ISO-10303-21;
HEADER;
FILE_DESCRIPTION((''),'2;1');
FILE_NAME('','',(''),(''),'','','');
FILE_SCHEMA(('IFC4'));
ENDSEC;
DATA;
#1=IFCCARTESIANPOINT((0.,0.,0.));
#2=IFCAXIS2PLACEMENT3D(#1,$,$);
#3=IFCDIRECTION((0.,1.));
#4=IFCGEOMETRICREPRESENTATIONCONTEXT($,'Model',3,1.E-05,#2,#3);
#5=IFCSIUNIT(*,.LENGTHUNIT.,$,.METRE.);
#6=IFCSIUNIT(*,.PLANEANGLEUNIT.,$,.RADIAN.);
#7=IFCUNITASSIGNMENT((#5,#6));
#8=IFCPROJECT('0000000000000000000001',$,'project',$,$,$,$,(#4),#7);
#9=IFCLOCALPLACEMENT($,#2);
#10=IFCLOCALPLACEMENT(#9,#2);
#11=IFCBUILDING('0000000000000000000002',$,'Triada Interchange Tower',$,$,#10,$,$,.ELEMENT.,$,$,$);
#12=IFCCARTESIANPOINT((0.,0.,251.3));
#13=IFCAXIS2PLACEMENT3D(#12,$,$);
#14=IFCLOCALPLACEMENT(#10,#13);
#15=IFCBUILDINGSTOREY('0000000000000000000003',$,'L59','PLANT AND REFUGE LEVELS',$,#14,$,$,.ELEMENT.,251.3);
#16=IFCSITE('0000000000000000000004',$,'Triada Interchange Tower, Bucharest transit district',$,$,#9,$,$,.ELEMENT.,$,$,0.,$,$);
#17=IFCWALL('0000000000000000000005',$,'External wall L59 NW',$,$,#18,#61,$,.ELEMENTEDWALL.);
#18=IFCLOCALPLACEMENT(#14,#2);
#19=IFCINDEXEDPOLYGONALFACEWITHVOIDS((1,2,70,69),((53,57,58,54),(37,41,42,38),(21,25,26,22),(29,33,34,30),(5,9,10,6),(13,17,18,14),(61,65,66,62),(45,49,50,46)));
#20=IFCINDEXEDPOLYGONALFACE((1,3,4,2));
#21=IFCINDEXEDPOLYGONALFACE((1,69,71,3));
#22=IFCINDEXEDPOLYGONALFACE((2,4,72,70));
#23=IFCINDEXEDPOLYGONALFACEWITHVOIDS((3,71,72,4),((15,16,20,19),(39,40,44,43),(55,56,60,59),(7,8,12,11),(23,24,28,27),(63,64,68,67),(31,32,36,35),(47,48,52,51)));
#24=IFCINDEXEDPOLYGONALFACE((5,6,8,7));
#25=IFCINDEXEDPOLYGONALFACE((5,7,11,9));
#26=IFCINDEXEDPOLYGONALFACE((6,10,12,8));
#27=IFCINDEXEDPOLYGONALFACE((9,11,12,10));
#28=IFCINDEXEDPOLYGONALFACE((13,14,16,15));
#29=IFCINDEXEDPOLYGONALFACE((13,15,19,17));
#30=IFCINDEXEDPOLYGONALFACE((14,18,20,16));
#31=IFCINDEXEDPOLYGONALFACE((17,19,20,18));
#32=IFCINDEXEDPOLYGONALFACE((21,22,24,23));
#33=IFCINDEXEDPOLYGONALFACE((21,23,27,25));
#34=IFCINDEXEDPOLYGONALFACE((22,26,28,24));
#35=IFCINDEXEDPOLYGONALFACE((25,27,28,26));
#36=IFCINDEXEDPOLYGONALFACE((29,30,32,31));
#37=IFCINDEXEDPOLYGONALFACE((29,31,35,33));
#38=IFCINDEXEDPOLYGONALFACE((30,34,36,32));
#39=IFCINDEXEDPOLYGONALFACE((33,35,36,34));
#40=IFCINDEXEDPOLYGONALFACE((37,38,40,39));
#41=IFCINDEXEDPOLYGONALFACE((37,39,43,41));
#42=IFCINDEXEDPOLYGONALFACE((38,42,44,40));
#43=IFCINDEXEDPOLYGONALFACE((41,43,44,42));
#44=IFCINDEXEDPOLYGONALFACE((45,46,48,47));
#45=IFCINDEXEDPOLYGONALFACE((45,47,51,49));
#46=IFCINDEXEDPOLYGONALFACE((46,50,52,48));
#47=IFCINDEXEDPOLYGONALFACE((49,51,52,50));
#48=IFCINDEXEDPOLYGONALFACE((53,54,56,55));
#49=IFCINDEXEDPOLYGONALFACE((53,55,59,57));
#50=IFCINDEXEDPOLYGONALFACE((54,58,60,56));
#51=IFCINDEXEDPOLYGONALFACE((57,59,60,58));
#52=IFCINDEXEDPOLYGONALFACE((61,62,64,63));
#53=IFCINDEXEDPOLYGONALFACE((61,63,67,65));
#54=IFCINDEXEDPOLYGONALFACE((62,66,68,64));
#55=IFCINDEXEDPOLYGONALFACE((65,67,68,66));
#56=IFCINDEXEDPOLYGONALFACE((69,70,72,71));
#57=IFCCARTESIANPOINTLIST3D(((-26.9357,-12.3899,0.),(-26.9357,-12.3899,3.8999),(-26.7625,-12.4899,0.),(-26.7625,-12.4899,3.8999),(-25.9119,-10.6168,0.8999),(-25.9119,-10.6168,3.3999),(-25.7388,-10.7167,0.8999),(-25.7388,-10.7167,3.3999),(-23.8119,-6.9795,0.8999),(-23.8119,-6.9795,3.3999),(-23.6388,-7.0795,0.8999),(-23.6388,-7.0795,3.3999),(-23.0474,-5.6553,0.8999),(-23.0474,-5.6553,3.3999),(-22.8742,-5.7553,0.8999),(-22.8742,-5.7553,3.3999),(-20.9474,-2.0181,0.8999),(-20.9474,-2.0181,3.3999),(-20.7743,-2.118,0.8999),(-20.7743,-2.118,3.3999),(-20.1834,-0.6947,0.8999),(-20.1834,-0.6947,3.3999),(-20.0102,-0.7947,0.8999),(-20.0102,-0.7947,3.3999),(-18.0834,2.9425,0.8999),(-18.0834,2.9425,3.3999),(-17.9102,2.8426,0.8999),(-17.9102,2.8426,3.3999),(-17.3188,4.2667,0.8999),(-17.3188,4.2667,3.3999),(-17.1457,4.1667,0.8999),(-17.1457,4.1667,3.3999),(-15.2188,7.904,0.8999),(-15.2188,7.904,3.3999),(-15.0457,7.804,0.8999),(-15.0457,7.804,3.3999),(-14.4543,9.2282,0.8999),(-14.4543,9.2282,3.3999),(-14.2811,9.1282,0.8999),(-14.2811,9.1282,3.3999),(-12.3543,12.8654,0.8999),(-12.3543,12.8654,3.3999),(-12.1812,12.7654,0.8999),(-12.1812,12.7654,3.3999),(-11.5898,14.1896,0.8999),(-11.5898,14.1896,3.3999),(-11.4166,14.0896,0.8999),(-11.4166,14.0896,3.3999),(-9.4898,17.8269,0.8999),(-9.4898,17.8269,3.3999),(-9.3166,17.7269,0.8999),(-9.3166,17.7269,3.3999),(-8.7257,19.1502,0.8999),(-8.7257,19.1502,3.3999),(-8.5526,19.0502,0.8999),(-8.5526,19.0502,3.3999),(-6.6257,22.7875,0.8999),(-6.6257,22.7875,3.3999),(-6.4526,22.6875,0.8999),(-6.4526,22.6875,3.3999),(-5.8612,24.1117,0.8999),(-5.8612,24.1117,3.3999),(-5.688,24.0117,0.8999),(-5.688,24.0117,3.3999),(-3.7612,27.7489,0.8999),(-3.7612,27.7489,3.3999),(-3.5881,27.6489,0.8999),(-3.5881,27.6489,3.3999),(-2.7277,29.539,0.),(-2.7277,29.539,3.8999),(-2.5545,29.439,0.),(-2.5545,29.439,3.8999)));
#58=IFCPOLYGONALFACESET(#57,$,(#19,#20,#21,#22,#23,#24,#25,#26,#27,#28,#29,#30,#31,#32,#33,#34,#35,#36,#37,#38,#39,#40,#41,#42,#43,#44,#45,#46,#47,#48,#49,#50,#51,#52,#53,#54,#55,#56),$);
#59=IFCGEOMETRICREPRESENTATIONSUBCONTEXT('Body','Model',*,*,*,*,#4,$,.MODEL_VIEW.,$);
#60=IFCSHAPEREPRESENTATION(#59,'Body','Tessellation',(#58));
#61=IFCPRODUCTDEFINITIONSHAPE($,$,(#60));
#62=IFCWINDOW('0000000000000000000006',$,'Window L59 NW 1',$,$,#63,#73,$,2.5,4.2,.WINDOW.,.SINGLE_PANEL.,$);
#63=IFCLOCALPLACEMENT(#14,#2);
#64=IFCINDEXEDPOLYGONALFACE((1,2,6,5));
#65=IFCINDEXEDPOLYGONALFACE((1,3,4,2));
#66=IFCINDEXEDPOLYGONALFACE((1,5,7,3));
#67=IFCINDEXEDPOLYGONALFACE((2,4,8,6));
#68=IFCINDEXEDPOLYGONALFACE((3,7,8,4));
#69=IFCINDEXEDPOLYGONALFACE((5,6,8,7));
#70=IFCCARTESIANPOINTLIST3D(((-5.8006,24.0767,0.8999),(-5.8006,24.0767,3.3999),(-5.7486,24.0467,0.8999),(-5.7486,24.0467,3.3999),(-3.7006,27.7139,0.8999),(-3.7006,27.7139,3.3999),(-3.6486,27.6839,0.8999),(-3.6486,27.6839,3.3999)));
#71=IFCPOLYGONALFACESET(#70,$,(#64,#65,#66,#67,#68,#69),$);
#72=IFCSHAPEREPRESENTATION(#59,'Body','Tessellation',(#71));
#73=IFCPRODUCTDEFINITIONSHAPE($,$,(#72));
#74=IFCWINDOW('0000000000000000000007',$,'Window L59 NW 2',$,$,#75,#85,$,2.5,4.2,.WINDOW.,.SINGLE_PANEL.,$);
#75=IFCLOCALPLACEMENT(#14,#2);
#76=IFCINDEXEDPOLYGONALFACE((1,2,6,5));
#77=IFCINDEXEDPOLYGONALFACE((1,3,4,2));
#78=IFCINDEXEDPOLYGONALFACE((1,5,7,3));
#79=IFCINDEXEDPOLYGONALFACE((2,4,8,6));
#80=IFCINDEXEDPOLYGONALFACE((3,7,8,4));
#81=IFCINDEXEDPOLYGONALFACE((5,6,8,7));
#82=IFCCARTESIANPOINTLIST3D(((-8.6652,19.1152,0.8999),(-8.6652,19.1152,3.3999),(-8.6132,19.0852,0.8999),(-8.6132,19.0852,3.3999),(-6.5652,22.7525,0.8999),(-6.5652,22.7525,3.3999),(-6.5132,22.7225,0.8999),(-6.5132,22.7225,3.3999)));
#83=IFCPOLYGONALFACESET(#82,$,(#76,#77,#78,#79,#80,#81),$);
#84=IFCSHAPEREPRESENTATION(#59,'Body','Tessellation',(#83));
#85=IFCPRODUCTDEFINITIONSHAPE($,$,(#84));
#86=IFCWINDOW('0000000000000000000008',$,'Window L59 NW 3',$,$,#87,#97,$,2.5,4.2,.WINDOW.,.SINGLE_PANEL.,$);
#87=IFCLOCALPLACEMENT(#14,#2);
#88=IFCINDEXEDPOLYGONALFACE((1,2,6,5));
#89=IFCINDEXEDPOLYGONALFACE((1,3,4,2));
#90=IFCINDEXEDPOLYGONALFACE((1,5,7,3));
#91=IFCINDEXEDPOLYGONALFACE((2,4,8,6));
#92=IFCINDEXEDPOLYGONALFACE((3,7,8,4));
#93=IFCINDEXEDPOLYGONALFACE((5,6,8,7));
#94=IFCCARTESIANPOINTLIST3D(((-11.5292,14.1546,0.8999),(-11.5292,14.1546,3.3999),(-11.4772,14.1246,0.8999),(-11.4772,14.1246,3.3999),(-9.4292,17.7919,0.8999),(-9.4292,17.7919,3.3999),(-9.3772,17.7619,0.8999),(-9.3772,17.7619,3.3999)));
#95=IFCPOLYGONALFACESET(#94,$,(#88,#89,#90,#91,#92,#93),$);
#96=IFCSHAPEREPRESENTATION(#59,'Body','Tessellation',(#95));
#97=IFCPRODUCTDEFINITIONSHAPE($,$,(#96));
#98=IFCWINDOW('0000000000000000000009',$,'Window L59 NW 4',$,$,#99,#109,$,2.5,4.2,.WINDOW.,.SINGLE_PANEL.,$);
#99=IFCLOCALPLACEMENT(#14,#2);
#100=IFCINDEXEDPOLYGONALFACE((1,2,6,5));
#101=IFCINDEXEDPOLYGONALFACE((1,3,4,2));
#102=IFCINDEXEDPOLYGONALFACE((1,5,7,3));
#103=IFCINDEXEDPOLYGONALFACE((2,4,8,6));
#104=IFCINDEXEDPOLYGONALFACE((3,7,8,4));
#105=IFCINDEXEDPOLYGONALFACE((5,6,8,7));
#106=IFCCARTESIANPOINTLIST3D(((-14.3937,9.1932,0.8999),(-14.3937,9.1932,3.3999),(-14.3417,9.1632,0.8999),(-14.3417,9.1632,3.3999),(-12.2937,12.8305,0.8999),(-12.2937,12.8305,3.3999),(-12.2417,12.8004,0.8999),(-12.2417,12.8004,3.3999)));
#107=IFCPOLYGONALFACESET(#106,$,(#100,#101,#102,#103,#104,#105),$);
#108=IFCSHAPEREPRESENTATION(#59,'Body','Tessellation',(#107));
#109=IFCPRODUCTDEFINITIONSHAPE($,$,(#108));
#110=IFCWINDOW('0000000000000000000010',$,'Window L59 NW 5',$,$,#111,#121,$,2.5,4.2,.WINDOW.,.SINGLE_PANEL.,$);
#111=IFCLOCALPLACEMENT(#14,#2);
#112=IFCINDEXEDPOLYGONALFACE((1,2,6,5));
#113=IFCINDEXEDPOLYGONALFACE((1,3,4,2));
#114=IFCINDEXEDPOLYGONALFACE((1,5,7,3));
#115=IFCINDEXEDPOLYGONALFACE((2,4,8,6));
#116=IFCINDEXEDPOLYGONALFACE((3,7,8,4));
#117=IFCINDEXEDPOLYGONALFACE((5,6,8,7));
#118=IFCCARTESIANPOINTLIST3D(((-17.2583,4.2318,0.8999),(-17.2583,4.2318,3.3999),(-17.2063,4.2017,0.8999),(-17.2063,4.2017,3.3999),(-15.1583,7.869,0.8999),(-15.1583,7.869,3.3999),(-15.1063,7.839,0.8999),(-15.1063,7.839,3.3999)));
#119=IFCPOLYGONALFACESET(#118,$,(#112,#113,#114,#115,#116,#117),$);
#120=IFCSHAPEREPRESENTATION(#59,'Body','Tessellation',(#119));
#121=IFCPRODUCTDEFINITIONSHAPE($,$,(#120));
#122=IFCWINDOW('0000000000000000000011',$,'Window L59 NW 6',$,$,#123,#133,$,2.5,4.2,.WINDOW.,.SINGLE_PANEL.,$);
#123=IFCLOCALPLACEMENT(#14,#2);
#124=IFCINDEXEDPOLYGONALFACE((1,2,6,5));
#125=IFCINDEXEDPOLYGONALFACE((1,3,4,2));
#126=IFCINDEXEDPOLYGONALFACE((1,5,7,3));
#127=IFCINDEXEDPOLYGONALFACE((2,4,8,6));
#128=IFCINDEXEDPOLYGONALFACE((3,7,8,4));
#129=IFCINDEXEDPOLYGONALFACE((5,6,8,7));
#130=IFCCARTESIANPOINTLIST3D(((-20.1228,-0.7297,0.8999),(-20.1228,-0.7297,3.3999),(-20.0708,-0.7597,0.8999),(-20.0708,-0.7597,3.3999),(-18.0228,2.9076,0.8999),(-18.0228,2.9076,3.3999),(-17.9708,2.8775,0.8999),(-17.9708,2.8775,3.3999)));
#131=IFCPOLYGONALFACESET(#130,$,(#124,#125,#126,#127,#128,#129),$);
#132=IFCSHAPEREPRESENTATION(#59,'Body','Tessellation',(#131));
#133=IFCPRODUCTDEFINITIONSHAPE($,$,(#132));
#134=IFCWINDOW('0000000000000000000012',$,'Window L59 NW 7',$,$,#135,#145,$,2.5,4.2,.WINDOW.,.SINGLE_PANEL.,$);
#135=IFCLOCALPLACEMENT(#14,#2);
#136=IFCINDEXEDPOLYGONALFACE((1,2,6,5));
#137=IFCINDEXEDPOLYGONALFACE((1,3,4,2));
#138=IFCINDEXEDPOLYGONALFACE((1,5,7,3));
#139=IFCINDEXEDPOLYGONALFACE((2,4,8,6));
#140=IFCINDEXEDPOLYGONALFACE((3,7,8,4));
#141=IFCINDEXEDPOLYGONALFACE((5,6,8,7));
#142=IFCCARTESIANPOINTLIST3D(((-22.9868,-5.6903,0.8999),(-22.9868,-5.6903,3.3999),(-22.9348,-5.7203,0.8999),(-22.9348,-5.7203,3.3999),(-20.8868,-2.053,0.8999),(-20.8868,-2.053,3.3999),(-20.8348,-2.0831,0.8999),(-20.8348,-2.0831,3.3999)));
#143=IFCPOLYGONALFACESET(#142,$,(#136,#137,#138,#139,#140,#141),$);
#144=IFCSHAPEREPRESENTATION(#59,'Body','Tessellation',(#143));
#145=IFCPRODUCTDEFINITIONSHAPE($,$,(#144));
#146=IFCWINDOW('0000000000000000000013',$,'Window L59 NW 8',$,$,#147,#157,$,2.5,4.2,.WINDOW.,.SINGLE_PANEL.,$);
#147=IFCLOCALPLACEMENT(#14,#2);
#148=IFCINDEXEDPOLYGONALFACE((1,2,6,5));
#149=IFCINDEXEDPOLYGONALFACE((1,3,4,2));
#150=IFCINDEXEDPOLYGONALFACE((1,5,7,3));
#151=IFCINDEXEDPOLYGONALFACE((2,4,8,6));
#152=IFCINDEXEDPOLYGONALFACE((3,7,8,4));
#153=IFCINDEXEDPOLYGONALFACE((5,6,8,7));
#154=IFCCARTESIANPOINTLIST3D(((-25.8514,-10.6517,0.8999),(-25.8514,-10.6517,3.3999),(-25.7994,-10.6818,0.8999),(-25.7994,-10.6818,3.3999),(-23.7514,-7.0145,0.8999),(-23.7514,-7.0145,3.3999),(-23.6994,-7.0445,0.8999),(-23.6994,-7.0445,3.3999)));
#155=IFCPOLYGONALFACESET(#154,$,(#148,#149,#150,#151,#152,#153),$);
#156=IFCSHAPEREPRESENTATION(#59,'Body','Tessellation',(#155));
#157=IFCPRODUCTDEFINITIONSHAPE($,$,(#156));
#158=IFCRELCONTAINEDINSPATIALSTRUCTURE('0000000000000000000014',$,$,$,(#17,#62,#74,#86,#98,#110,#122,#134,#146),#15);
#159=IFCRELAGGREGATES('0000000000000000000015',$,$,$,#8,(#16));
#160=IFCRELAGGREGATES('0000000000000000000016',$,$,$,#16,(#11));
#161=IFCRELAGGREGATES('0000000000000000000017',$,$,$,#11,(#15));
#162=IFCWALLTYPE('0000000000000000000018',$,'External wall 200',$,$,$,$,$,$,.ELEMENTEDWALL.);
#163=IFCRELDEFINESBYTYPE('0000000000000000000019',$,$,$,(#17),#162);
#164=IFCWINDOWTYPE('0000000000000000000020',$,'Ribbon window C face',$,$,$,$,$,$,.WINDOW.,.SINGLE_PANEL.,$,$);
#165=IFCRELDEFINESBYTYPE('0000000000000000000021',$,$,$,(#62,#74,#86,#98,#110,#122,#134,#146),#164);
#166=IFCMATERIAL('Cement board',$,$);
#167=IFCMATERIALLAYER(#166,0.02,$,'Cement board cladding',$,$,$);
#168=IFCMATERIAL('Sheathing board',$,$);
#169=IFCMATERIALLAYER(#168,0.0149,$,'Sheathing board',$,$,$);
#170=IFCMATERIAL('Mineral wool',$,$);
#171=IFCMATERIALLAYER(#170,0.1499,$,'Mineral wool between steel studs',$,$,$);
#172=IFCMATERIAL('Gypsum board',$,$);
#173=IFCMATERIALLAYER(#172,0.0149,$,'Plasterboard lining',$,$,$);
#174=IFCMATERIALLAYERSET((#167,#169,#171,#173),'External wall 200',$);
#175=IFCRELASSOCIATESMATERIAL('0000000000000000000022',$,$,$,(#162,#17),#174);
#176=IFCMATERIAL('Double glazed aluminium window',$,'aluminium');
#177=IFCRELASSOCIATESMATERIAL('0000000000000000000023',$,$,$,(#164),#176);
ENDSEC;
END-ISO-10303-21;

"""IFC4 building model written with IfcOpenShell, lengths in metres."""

from ifc_helpers import new_model, si_unit, direction, frame, frame_2d, origin, place, context, subcontext, project, spatial, rectangle, extrude, material, layer, layer_set, layer_usage, type_object, element, fill, save


model = new_model("IFC4")

# Units and contexts
model_context = context("Model", 3, precision=1e-05, world=origin(), true_north=direction((0.0, 1.0)))
body_context = subcontext(model_context, "Body", "Model", "MODEL_VIEW")
ifc_project = project(units=[si_unit("LENGTHUNIT", "METRE"), si_unit("PLANEANGLEUNIT", "RADIAN")], contexts=[model_context])

# Site, building, storey
site_placement = place(None, origin())
site = spatial("IfcSite", under=ifc_project, at=site_placement, Name="Triada Interchange Tower, Bucharest transit district", CompositionType="ELEMENT", RefElevation=0.0)
building_placement = place(site_placement, origin())
building = spatial("IfcBuilding", under=site, at=building_placement, Name="Triada Interchange Tower", CompositionType="ELEMENT")
storey_placement = place(building_placement, frame((0.0, 0.0, 251.3)))
storey = spatial("IfcBuildingStorey", under=building, at=storey_placement, Name="L59", Description="PLANT AND REFUGE LEVELS", CompositionType="ELEMENT", Elevation=251.3)

# Wall, openings, windows
ifc_material_1 = material(Name="Cement board")
ifc_layer_1 = layer(ifc_material_1, 0.02, Name="Cement board cladding")
ifc_material_2 = material(Name="Sheathing board")
ifc_layer_2 = layer(ifc_material_2, 0.0149, Name="Sheathing board")
ifc_material_3 = material(Name="Mineral wool")
ifc_layer_3 = layer(ifc_material_3, 0.1499, Name="Mineral wool between steel studs")
ifc_material_4 = material(Name="Gypsum board")
ifc_layer_4 = layer(ifc_material_4, 0.0149, Name="Plasterboard lining")
ifc_layer_set_1 = layer_set([ifc_layer_1, ifc_layer_2, ifc_layer_3, ifc_layer_4], Name="External wall 200")
ifc_layer_usage = layer_usage(ifc_layer_set_1, "AXIS2", "POSITIVE", -0.1001)
wall_type_1 = type_object("IfcWallType", Name="External wall 200", PredefinedType="ELEMENTEDWALL", material=ifc_layer_set_1)
wall_1_placement = place(storey_placement, frame((-2.6411, 29.489, 0.0), z_axis=(0.0, 0.0, 1.0), x_axis=(-0.500005, -0.866023, 0.0)))
wall_1 = element("IfcWall", 1, at=wall_1_placement, inside=storey, type_object=wall_type_1, material=ifc_layer_usage, Name="External wall L59 NW", PredefinedType="ELEMENTEDWALL", context=body_context, shape_type="SweptSolid", body=[
    extrude(rectangle(XDim=48.4155, YDim=0.2, at=frame_2d((24.2078, 0.0))), origin(), (0.0, 0.0, 1.0), 3.8999),
])
opening_1_placement = place(wall_1_placement, frame((2.0669, 0.0, 0.8999)))
opening_1 = element("IfcOpeningElement", 2, at=opening_1_placement, cuts=wall_1, PredefinedType="OPENING", context=body_context, shape_type="SweptSolid", body=[
    extrude(rectangle(XDim=4.2, YDim=2.5, at=frame_2d((2.1001, 1.25))), frame((0.0, 0.1099, 0.0), z_axis=(0.0, -1.0, 0.0), x_axis=(1.0, 0.0, 0.0)), (0.0, 0.0, 1.0), 0.22),
])
opening_2_placement = place(wall_1_placement, frame((7.7959, 0.0, 0.8999)))
opening_2 = element("IfcOpeningElement", 3, at=opening_2_placement, cuts=wall_1, PredefinedType="OPENING", context=body_context, shape_type="SweptSolid", body=[
    extrude(rectangle(XDim=4.2, YDim=2.5, at=frame_2d((2.1001, 1.25))), frame((0.0, 0.1099, 0.0), z_axis=(0.0, -1.0, 0.0), x_axis=(1.0, 0.0, 0.0)), (0.0, 0.0, 1.0), 0.22),
])
opening_3_placement = place(wall_1_placement, frame((13.5239, 0.0, 0.8999)))
opening_3 = element("IfcOpeningElement", 4, at=opening_3_placement, cuts=wall_1, PredefinedType="OPENING", context=body_context, shape_type="SweptSolid", body=[
    extrude(rectangle(XDim=4.2, YDim=2.5, at=frame_2d((2.1001, 1.25))), frame((0.0, 0.1099, 0.0), z_axis=(0.0, -1.0, 0.0), x_axis=(1.0, 0.0, 0.0)), (0.0, 0.0, 1.0), 0.22),
])
opening_4_placement = place(wall_1_placement, frame((19.2529, 0.0, 0.8999)))
opening_4 = element("IfcOpeningElement", 5, at=opening_4_placement, cuts=wall_1, PredefinedType="OPENING", context=body_context, shape_type="SweptSolid", body=[
    extrude(rectangle(XDim=4.2, YDim=2.5, at=frame_2d((2.1001, 1.25))), frame((0.0, 0.1099, 0.0), z_axis=(0.0, -1.0, 0.0), x_axis=(1.0, 0.0, 0.0)), (0.0, 0.0, 1.0), 0.22),
])
opening_5_placement = place(wall_1_placement, frame((24.9819, 0.0, 0.8999)))
opening_5 = element("IfcOpeningElement", 6, at=opening_5_placement, cuts=wall_1, PredefinedType="OPENING", context=body_context, shape_type="SweptSolid", body=[
    extrude(rectangle(XDim=4.2, YDim=2.5, at=frame_2d((2.1001, 1.25))), frame((0.0, 0.1099, 0.0), z_axis=(0.0, -1.0, 0.0), x_axis=(1.0, 0.0, 0.0)), (0.0, 0.0, 1.0), 0.22),
])
opening_6_placement = place(wall_1_placement, frame((30.7109, 0.0, 0.8999)))
opening_6 = element("IfcOpeningElement", 7, at=opening_6_placement, cuts=wall_1, PredefinedType="OPENING", context=body_context, shape_type="SweptSolid", body=[
    extrude(rectangle(XDim=4.2, YDim=2.5, at=frame_2d((2.1001, 1.25))), frame((0.0, 0.1099, 0.0), z_axis=(0.0, -1.0, 0.0), x_axis=(1.0, 0.0, 0.0)), (0.0, 0.0, 1.0), 0.22),
])
opening_7_placement = place(wall_1_placement, frame((36.439, 0.0, 0.8999)))
opening_7 = element("IfcOpeningElement", 8, at=opening_7_placement, cuts=wall_1, PredefinedType="OPENING", context=body_context, shape_type="SweptSolid", body=[
    extrude(rectangle(XDim=4.2, YDim=2.5, at=frame_2d((2.1001, 1.25))), frame((0.0, 0.1099, 0.0), z_axis=(0.0, -1.0, 0.0), x_axis=(1.0, 0.0, 0.0)), (0.0, 0.0, 1.0), 0.22),
])
opening_8_placement = place(wall_1_placement, frame((42.168, 0.0, 0.8999)))
opening_8 = element("IfcOpeningElement", 9, at=opening_8_placement, cuts=wall_1, PredefinedType="OPENING", context=body_context, shape_type="SweptSolid", body=[
    extrude(rectangle(XDim=4.2, YDim=2.5, at=frame_2d((2.1001, 1.25))), frame((0.0, 0.1099, 0.0), z_axis=(0.0, -1.0, 0.0), x_axis=(1.0, 0.0, 0.0)), (0.0, 0.0, 1.0), 0.22),
])
ifc_material_5 = material(Name="Double glazed aluminium window", Category="aluminium")
window_type = type_object("IfcWindowType", Name="Ribbon window C face", PartitioningType="SINGLE_PANEL", PredefinedType="WINDOW", material=ifc_material_5)
window_1_placement = place(opening_1_placement, origin())
window_1 = element("IfcWindow", 10, at=window_1_placement, inside=storey, type_object=window_type, Name="Window L59 NW 1", OverallHeight=2.5, OverallWidth=4.2, PartitioningType="SINGLE_PANEL", PredefinedType="WINDOW", context=body_context, shape_type="SweptSolid", body=[
    extrude(rectangle(XDim=4.2, YDim=2.5, at=frame_2d((2.1001, 1.25))), frame((0.0, 0.03, 0.0), z_axis=(0.0, -1.0, 0.0), x_axis=(1.0, 0.0, 0.0)), (0.0, 0.0, 1.0), 0.0601),
])
fill(opening_1, window_1)
window_2_placement = place(opening_2_placement, origin())
window_2 = element("IfcWindow", 11, at=window_2_placement, inside=storey, type_object=window_type, Name="Window L59 NW 2", OverallHeight=2.5, OverallWidth=4.2, PartitioningType="SINGLE_PANEL", PredefinedType="WINDOW", context=body_context, shape_type="SweptSolid", body=[
    extrude(rectangle(XDim=4.2, YDim=2.5, at=frame_2d((2.1001, 1.25))), frame((0.0, 0.03, 0.0), z_axis=(0.0, -1.0, 0.0), x_axis=(1.0, 0.0, 0.0)), (0.0, 0.0, 1.0), 0.0601),
])
fill(opening_2, window_2)
window_3_placement = place(opening_3_placement, origin())
window_3 = element("IfcWindow", 12, at=window_3_placement, inside=storey, type_object=window_type, Name="Window L59 NW 3", OverallHeight=2.5, OverallWidth=4.2, PartitioningType="SINGLE_PANEL", PredefinedType="WINDOW", context=body_context, shape_type="SweptSolid", body=[
    extrude(rectangle(XDim=4.2, YDim=2.5, at=frame_2d((2.1001, 1.25))), frame((0.0, 0.03, 0.0), z_axis=(0.0, -1.0, 0.0), x_axis=(1.0, 0.0, 0.0)), (0.0, 0.0, 1.0), 0.0601),
])
fill(opening_3, window_3)
window_4_placement = place(opening_4_placement, origin())
window_4 = element("IfcWindow", 13, at=window_4_placement, inside=storey, type_object=window_type, Name="Window L59 NW 4", OverallHeight=2.5, OverallWidth=4.2, PartitioningType="SINGLE_PANEL", PredefinedType="WINDOW", context=body_context, shape_type="SweptSolid", body=[
    extrude(rectangle(XDim=4.2, YDim=2.5, at=frame_2d((2.1001, 1.25))), frame((0.0, 0.03, 0.0), z_axis=(0.0, -1.0, 0.0), x_axis=(1.0, 0.0, 0.0)), (0.0, 0.0, 1.0), 0.0601),
])
fill(opening_4, window_4)
window_5_placement = place(opening_5_placement, origin())
window_5 = element("IfcWindow", 14, at=window_5_placement, inside=storey, type_object=window_type, Name="Window L59 NW 5", OverallHeight=2.5, OverallWidth=4.2, PartitioningType="SINGLE_PANEL", PredefinedType="WINDOW", context=body_context, shape_type="SweptSolid", body=[
    extrude(rectangle(XDim=4.2, YDim=2.5, at=frame_2d((2.1001, 1.25))), frame((0.0, 0.03, 0.0), z_axis=(0.0, -1.0, 0.0), x_axis=(1.0, 0.0, 0.0)), (0.0, 0.0, 1.0), 0.0601),
])
fill(opening_5, window_5)
window_6_placement = place(opening_6_placement, origin())
window_6 = element("IfcWindow", 15, at=window_6_placement, inside=storey, type_object=window_type, Name="Window L59 NW 6", OverallHeight=2.5, OverallWidth=4.2, PartitioningType="SINGLE_PANEL", PredefinedType="WINDOW", context=body_context, shape_type="SweptSolid", body=[
    extrude(rectangle(XDim=4.2, YDim=2.5, at=frame_2d((2.1001, 1.25))), frame((0.0, 0.03, 0.0), z_axis=(0.0, -1.0, 0.0), x_axis=(1.0, 0.0, 0.0)), (0.0, 0.0, 1.0), 0.0601),
])
fill(opening_6, window_6)
window_7_placement = place(opening_7_placement, origin())
window_7 = element("IfcWindow", 16, at=window_7_placement, inside=storey, type_object=window_type, Name="Window L59 NW 7", OverallHeight=2.5, OverallWidth=4.2, PartitioningType="SINGLE_PANEL", PredefinedType="WINDOW", context=body_context, shape_type="SweptSolid", body=[
    extrude(rectangle(XDim=4.2, YDim=2.5, at=frame_2d((2.1001, 1.25))), frame((0.0, 0.03, 0.0), z_axis=(0.0, -1.0, 0.0), x_axis=(1.0, 0.0, 0.0)), (0.0, 0.0, 1.0), 0.0601),
])
fill(opening_7, window_7)
window_8_placement = place(opening_8_placement, origin())
window_8 = element("IfcWindow", 17, at=window_8_placement, inside=storey, type_object=window_type, Name="Window L59 NW 8", OverallHeight=2.5, OverallWidth=4.2, PartitioningType="SINGLE_PANEL", PredefinedType="WINDOW", context=body_context, shape_type="SweptSolid", body=[
    extrude(rectangle(XDim=4.2, YDim=2.5, at=frame_2d((2.1001, 1.25))), frame((0.0, 0.03, 0.0), z_axis=(0.0, -1.0, 0.0), x_axis=(1.0, 0.0, 0.0)), (0.0, 0.0, 1.0), 0.0601),
])
fill(opening_8, window_8)

save(model, "model.ifc")
